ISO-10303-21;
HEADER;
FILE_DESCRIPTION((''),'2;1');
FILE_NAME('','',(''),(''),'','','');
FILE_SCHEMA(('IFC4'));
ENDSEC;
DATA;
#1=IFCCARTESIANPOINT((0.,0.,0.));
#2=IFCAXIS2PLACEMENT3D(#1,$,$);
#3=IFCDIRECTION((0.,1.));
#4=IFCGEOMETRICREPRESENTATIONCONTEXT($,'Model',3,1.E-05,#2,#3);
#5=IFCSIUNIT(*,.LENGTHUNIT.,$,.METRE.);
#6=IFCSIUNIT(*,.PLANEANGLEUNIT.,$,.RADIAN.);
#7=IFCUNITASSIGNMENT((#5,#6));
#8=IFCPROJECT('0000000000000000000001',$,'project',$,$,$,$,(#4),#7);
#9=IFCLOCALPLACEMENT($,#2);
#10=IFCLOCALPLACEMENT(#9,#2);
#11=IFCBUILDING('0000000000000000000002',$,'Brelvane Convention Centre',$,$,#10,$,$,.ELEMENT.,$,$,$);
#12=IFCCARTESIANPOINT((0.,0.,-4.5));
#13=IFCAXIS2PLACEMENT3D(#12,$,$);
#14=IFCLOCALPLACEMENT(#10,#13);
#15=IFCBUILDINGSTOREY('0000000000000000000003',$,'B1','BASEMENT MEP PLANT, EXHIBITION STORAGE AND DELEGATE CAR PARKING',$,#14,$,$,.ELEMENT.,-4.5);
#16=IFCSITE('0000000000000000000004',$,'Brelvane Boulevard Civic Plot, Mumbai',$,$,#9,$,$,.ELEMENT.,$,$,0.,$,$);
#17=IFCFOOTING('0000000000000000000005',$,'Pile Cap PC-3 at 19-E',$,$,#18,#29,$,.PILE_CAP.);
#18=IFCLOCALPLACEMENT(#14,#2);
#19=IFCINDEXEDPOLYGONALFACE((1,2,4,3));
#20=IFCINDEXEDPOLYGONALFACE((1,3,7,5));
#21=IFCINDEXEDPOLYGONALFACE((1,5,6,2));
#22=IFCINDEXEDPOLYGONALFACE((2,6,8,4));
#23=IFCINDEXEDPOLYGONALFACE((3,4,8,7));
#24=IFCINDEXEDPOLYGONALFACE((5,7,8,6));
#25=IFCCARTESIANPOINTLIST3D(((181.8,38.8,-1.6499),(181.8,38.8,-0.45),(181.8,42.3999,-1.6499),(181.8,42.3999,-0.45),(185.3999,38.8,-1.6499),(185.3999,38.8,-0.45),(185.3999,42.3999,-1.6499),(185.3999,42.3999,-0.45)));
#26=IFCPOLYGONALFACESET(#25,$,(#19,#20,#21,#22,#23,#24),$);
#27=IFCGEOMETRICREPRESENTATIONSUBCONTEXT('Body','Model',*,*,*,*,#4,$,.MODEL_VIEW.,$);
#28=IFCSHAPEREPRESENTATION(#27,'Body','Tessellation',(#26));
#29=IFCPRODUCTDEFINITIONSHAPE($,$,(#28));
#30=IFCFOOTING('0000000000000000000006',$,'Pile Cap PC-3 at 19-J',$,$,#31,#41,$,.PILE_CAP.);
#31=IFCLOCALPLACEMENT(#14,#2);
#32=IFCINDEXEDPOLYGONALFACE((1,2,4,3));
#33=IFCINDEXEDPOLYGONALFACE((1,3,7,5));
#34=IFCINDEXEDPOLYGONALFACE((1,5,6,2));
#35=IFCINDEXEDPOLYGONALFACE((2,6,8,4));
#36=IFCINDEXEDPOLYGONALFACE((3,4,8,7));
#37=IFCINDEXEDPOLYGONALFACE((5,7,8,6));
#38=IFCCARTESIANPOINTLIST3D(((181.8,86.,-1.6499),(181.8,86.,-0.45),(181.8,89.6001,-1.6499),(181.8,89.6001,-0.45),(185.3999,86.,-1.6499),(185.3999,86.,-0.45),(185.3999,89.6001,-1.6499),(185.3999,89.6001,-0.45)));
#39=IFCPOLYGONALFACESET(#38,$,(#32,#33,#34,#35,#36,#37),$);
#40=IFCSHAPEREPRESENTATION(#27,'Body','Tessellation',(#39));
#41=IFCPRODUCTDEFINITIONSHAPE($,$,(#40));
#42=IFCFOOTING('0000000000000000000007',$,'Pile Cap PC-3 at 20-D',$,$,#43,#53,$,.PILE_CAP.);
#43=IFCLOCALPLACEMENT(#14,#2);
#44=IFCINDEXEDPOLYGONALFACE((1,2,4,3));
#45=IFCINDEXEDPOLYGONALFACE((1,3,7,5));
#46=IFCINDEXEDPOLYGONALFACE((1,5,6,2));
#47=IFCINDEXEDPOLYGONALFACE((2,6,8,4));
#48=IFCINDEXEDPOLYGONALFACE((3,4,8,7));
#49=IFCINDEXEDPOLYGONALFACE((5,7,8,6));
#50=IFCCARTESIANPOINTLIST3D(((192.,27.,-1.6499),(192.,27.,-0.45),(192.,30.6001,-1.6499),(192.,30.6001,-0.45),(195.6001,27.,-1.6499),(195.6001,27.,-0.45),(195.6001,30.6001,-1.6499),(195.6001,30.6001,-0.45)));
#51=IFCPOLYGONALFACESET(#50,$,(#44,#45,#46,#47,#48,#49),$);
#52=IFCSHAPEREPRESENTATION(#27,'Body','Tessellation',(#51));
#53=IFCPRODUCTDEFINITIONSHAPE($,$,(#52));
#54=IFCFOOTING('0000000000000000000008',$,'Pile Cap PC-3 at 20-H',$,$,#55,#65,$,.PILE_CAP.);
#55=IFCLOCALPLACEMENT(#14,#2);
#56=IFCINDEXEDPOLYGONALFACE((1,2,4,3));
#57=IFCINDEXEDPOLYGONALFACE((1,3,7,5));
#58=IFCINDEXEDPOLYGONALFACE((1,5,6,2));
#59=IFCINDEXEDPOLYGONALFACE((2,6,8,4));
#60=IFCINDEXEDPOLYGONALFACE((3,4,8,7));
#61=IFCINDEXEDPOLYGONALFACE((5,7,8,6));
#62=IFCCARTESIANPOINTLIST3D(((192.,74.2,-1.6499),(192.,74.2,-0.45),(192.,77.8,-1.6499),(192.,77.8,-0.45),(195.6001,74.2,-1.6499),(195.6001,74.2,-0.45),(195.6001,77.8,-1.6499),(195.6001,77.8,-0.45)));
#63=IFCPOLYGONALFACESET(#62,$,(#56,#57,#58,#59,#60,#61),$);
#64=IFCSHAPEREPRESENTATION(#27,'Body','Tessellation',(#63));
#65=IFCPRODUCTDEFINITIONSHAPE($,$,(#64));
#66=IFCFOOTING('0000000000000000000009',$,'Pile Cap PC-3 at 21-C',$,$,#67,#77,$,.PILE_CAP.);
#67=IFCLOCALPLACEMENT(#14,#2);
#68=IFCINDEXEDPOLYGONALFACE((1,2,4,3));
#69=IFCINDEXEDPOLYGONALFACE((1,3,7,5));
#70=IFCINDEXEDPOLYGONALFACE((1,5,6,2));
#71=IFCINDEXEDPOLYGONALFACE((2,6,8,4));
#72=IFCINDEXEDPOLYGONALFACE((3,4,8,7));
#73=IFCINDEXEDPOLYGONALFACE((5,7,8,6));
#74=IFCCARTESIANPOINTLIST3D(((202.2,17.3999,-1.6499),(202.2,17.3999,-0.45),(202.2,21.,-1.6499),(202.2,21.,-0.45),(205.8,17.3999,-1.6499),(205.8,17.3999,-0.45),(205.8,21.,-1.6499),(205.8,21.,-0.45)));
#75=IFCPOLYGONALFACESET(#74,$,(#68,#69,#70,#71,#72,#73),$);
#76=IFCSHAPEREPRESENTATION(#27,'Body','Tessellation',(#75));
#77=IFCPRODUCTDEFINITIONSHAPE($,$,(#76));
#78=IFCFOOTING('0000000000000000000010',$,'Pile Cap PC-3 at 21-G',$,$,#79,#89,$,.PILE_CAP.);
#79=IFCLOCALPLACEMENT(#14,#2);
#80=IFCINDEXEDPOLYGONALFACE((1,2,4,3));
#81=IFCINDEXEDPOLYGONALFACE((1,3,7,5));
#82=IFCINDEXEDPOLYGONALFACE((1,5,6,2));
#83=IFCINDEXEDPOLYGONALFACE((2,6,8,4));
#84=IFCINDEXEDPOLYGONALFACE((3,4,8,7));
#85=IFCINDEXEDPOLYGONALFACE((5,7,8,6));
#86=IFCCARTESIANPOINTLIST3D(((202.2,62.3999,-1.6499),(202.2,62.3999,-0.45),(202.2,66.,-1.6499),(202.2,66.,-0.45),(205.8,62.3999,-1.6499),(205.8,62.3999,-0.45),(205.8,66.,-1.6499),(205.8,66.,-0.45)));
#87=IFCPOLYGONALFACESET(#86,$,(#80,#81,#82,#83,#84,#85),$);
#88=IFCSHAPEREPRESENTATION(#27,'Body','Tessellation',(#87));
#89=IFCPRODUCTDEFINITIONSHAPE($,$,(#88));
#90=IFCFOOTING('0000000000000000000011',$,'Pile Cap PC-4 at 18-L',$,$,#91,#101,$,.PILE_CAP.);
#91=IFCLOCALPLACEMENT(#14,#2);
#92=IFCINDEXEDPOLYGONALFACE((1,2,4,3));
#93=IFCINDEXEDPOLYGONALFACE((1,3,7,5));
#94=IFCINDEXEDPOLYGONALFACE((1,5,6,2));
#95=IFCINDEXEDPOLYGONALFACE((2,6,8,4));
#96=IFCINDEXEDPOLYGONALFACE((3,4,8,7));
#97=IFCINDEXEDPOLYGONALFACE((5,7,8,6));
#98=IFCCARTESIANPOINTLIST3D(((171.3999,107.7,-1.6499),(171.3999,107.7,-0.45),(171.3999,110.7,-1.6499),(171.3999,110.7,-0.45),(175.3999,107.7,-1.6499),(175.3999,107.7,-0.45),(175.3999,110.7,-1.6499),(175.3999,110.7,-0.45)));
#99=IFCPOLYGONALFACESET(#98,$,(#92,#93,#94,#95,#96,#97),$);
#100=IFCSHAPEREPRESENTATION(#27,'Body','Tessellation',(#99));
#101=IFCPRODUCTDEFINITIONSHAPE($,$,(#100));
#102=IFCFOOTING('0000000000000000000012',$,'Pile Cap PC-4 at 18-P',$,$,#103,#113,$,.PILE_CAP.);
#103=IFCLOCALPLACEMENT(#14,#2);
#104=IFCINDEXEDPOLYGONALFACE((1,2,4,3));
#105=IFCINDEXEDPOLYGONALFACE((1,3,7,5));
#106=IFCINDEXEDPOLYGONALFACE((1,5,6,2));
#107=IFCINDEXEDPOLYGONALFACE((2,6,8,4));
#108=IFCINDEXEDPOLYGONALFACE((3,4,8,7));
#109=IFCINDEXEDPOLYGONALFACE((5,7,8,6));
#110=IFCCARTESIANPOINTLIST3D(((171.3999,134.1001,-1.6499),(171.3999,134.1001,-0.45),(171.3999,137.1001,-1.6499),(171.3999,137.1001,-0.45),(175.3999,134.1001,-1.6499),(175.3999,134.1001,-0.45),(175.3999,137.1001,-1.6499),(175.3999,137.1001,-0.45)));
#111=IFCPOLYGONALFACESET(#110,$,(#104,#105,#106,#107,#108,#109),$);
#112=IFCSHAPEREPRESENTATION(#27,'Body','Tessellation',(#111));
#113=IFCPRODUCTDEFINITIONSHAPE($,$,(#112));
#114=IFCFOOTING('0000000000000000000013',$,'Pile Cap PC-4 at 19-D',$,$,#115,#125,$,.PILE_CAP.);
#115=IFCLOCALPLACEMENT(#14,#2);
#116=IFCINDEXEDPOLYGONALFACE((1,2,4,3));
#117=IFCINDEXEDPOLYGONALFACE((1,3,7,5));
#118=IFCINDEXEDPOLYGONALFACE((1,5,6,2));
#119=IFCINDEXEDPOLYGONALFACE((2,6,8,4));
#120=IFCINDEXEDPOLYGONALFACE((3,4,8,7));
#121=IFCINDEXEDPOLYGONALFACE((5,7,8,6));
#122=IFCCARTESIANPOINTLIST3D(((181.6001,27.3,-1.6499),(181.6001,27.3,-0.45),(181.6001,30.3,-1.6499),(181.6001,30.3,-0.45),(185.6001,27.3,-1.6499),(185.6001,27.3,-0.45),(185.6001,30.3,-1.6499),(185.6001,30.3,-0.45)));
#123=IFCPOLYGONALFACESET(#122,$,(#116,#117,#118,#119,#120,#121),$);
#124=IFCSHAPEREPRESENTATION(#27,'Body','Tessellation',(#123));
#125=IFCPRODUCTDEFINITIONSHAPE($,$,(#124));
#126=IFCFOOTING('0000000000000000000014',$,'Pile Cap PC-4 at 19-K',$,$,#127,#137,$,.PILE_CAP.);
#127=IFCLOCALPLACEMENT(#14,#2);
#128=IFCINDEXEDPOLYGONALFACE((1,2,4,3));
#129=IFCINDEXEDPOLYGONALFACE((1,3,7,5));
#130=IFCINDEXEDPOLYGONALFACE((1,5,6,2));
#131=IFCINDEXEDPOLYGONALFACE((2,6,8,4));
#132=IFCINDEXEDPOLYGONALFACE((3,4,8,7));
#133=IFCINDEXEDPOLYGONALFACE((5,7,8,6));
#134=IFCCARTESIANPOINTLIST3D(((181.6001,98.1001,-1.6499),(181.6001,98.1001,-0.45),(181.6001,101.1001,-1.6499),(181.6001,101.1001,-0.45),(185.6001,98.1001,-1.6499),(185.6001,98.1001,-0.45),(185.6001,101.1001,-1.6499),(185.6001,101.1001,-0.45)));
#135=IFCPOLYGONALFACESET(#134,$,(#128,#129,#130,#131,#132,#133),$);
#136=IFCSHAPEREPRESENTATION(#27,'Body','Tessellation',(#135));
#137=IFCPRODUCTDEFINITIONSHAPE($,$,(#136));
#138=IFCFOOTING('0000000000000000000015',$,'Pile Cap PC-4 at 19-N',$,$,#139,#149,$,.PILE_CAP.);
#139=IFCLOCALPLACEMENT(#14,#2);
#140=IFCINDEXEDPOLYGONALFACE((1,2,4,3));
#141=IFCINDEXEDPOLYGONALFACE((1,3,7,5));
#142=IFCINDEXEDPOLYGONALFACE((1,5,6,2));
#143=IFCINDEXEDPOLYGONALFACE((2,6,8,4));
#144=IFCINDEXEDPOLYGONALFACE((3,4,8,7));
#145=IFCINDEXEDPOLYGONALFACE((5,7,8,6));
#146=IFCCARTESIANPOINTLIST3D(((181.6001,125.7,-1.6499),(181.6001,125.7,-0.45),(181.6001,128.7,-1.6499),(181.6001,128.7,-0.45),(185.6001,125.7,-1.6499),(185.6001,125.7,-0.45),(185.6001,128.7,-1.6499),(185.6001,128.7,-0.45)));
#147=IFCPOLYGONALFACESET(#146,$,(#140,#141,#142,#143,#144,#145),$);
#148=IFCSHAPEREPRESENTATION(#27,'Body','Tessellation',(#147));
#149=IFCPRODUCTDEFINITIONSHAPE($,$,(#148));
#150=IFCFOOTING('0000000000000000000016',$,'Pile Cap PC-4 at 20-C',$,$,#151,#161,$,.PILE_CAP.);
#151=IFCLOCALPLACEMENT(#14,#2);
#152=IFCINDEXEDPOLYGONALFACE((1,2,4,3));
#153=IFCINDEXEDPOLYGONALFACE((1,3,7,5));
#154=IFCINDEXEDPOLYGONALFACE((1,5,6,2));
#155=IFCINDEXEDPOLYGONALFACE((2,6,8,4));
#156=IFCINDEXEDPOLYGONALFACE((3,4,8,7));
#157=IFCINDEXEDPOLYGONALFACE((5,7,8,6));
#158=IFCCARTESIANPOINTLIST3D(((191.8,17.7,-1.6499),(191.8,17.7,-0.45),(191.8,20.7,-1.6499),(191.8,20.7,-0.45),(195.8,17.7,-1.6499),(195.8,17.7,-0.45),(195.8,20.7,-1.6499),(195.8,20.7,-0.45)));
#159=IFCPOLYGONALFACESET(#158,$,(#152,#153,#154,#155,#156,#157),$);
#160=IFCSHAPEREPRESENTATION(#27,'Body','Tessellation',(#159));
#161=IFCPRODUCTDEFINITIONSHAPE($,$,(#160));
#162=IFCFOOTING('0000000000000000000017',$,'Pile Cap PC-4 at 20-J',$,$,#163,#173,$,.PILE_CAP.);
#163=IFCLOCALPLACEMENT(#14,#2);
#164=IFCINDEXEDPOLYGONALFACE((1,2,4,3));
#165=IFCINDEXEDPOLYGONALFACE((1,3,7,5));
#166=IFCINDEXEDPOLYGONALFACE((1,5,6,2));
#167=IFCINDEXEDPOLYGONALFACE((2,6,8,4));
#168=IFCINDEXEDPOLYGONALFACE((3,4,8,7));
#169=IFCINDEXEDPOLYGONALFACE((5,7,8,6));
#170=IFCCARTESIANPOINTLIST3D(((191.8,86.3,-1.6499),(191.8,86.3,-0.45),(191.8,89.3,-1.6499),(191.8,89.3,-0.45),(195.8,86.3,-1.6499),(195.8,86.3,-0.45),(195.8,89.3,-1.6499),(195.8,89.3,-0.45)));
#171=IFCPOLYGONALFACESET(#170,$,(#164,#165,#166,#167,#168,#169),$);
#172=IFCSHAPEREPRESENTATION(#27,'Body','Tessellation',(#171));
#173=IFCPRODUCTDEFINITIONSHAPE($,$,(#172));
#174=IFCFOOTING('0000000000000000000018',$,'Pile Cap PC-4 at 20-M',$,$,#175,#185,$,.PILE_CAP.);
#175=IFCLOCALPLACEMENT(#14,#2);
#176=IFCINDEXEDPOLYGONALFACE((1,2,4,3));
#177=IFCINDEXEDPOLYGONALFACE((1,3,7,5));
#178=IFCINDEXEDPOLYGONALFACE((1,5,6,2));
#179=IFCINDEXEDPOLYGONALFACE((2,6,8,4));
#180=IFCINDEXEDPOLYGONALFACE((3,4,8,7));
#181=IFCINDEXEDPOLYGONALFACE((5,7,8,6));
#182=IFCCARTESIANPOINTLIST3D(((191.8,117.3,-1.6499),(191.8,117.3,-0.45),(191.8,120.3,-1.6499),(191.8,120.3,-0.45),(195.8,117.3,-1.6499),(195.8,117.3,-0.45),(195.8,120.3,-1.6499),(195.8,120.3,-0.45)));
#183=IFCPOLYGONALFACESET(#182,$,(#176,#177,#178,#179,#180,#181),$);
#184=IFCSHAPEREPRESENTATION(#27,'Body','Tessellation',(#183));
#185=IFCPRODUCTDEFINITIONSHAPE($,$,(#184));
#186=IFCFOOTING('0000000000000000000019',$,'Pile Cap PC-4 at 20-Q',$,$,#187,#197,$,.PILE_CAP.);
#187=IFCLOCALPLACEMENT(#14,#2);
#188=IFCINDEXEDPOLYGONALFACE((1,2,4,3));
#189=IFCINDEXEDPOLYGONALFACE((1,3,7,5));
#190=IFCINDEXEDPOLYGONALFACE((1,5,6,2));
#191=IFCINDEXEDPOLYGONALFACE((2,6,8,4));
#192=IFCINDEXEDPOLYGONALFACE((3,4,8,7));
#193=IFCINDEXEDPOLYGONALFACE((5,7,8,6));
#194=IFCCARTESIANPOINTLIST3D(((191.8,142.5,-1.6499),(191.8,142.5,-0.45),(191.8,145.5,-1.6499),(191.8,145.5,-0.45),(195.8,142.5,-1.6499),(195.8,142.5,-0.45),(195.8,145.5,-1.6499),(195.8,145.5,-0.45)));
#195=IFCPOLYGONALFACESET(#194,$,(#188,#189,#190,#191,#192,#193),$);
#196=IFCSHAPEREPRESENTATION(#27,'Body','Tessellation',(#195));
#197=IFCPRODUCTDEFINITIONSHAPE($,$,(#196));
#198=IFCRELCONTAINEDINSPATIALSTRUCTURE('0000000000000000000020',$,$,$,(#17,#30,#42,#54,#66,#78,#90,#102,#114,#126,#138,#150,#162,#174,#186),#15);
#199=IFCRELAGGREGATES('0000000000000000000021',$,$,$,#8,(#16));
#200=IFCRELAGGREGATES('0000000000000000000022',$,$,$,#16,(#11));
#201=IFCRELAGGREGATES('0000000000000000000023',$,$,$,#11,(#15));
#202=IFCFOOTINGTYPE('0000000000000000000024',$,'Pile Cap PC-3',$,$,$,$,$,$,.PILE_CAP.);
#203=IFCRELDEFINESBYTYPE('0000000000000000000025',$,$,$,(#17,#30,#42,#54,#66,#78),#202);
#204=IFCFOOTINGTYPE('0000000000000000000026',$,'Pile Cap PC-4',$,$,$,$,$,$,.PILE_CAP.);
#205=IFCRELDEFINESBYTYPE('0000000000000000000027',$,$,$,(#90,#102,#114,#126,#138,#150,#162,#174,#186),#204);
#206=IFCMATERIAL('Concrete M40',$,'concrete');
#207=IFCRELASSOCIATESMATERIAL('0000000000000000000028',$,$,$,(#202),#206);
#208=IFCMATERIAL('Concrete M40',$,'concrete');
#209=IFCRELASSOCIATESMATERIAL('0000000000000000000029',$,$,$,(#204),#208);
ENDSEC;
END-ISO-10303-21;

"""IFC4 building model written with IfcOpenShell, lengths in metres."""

from ifc_helpers import new_model, si_unit, direction, frame, origin, place, context, subcontext, project, spatial, polyline, outline, extrude, material, type_object, element, save


model = new_model("IFC4")

# Units and contexts
model_context = context("Model", 3, precision=1e-05, world=origin(), true_north=direction((0.0, 1.0)))
body_context = subcontext(model_context, "Body", "Model", "MODEL_VIEW")
ifc_project = project(units=[si_unit("LENGTHUNIT", "METRE"), si_unit("PLANEANGLEUNIT", "RADIAN")], contexts=[model_context])

# Site, building, storey
site_placement = place(None, origin())
site = spatial("IfcSite", under=ifc_project, at=site_placement, Name="Brelvane Boulevard Civic Plot, Mumbai", CompositionType="ELEMENT", RefElevation=0.0)
building_placement = place(site_placement, origin())
building = spatial("IfcBuilding", under=site, at=building_placement, Name="Brelvane Convention Centre", CompositionType="ELEMENT")
storey_placement = place(building_placement, frame((0.0, 0.0, -4.5)))
storey = spatial("IfcBuildingStorey", under=building, at=storey_placement, Name="B1", Description="BASEMENT MEP PLANT, EXHIBITION STORAGE AND DELEGATE CAR PARKING", CompositionType="ELEMENT", Elevation=-4.5)

# Footings
ifc_material_1 = material(Name="Concrete M40", Category="concrete")
footing_type_1 = type_object("IfcFootingType", Name="Pile Cap PC-3", PredefinedType="PILE_CAP", material=ifc_material_1)
footing_1_placement = place(storey_placement, frame((0.0, 0.0, -1.6499)))
element("IfcFooting", 1, at=footing_1_placement, inside=storey, type_object=footing_type_1, Name="Pile Cap PC-3 at 19-E", PredefinedType="PILE_CAP", context=body_context, shape_type="SweptSolid", body=[
    extrude(outline(polyline([(181.8, 38.8), (185.3999, 38.8), (185.3999, 42.3999), (181.8, 42.3999), (181.8, 38.8)])), origin(), (0.0, 0.0, 1.0), 1.2),
])
footing_2_placement = place(storey_placement, frame((0.0, 0.0, -1.6499)))
element("IfcFooting", 2, at=footing_2_placement, inside=storey, type_object=footing_type_1, Name="Pile Cap PC-3 at 19-J", PredefinedType="PILE_CAP", context=body_context, shape_type="SweptSolid", body=[
    extrude(outline(polyline([(181.8, 86.0), (185.3999, 86.0), (185.3999, 89.6001), (181.8, 89.6001), (181.8, 86.0)])), origin(), (0.0, 0.0, 1.0), 1.2),
])
footing_3_placement = place(storey_placement, frame((0.0, 0.0, -1.6499)))
element("IfcFooting", 3, at=footing_3_placement, inside=storey, type_object=footing_type_1, Name="Pile Cap PC-3 at 20-D", PredefinedType="PILE_CAP", context=body_context, shape_type="SweptSolid", body=[
    extrude(outline(polyline([(192.0, 27.0), (195.6001, 27.0), (195.6001, 30.6001), (192.0, 30.6001), (192.0, 27.0)])), origin(), (0.0, 0.0, 1.0), 1.2),
])
footing_4_placement = place(storey_placement, frame((0.0, 0.0, -1.6499)))
element("IfcFooting", 4, at=footing_4_placement, inside=storey, type_object=footing_type_1, Name="Pile Cap PC-3 at 20-H", PredefinedType="PILE_CAP", context=body_context, shape_type="SweptSolid", body=[
    extrude(outline(polyline([(192.0, 74.2), (195.6001, 74.2), (195.6001, 77.8), (192.0, 77.8), (192.0, 74.2)])), origin(), (0.0, 0.0, 1.0), 1.2),
])
footing_5_placement = place(storey_placement, frame((0.0, 0.0, -1.6499)))
element("IfcFooting", 5, at=footing_5_placement, inside=storey, type_object=footing_type_1, Name="Pile Cap PC-3 at 21-C", PredefinedType="PILE_CAP", context=body_context, shape_type="SweptSolid", body=[
    extrude(outline(polyline([(202.2, 17.3999), (205.8, 17.3999), (205.8, 21.0), (202.2, 21.0), (202.2, 17.3999)])), origin(), (0.0, 0.0, 1.0), 1.2),
])
footing_6_placement = place(storey_placement, frame((0.0, 0.0, -1.6499)))
element("IfcFooting", 6, at=footing_6_placement, inside=storey, type_object=footing_type_1, Name="Pile Cap PC-3 at 21-G", PredefinedType="PILE_CAP", context=body_context, shape_type="SweptSolid", body=[
    extrude(outline(polyline([(202.2, 62.3999), (205.8, 62.3999), (205.8, 66.0), (202.2, 66.0), (202.2, 62.3999)])), origin(), (0.0, 0.0, 1.0), 1.2),
])
ifc_material_2 = material(Name="Concrete M40", Category="concrete")
footing_type_2 = type_object("IfcFootingType", Name="Pile Cap PC-4", PredefinedType="PILE_CAP", material=ifc_material_2)
footing_7_placement = place(storey_placement, frame((0.0, 0.0, -1.6499)))
element("IfcFooting", 7, at=footing_7_placement, inside=storey, type_object=footing_type_2, Name="Pile Cap PC-4 at 18-L", PredefinedType="PILE_CAP", context=body_context, shape_type="SweptSolid", body=[
    extrude(outline(polyline([(171.3999, 107.7), (175.3999, 107.7), (175.3999, 110.7), (171.3999, 110.7), (171.3999, 107.7)])), origin(), (0.0, 0.0, 1.0), 1.2),
])
footing_8_placement = place(storey_placement, frame((0.0, 0.0, -1.6499)))
element("IfcFooting", 8, at=footing_8_placement, inside=storey, type_object=footing_type_2, Name="Pile Cap PC-4 at 18-P", PredefinedType="PILE_CAP", context=body_context, shape_type="SweptSolid", body=[
    extrude(outline(polyline([(171.3999, 134.1001), (175.3999, 134.1001), (175.3999, 137.1001), (171.3999, 137.1001), (171.3999, 134.1001)])), origin(), (0.0, 0.0, 1.0), 1.2),
])
footing_9_placement = place(storey_placement, frame((0.0, 0.0, -1.6499)))
element("IfcFooting", 9, at=footing_9_placement, inside=storey, type_object=footing_type_2, Name="Pile Cap PC-4 at 19-D", PredefinedType="PILE_CAP", context=body_context, shape_type="SweptSolid", body=[
    extrude(outline(polyline([(181.6001, 27.3), (185.6001, 27.3), (185.6001, 30.3), (181.6001, 30.3), (181.6001, 27.3)])), origin(), (0.0, 0.0, 1.0), 1.2),
])
footing_10_placement = place(storey_placement, frame((0.0, 0.0, -1.6499)))
element("IfcFooting", 10, at=footing_10_placement, inside=storey, type_object=footing_type_2, Name="Pile Cap PC-4 at 19-K", PredefinedType="PILE_CAP", context=body_context, shape_type="SweptSolid", body=[
    extrude(outline(polyline([(181.6001, 98.1001), (185.6001, 98.1001), (185.6001, 101.1001), (181.6001, 101.1001), (181.6001, 98.1001)])), origin(), (0.0, 0.0, 1.0), 1.2),
])
footing_11_placement = place(storey_placement, frame((0.0, 0.0, -1.6499)))
element("IfcFooting", 11, at=footing_11_placement, inside=storey, type_object=footing_type_2, Name="Pile Cap PC-4 at 19-N", PredefinedType="PILE_CAP", context=body_context, shape_type="SweptSolid", body=[
    extrude(outline(polyline([(181.6001, 125.7), (185.6001, 125.7), (185.6001, 128.7), (181.6001, 128.7), (181.6001, 125.7)])), origin(), (0.0, 0.0, 1.0), 1.2),
])
footing_12_placement = place(storey_placement, frame((0.0, 0.0, -1.6499)))
element("IfcFooting", 12, at=footing_12_placement, inside=storey, type_object=footing_type_2, Name="Pile Cap PC-4 at 20-C", PredefinedType="PILE_CAP", context=body_context, shape_type="SweptSolid", body=[
    extrude(outline(polyline([(191.8, 17.7), (195.8, 17.7), (195.8, 20.7), (191.8, 20.7), (191.8, 17.7)])), origin(), (0.0, 0.0, 1.0), 1.2),
])
footing_13_placement = place(storey_placement, frame((0.0, 0.0, -1.6499)))
element("IfcFooting", 13, at=footing_13_placement, inside=storey, type_object=footing_type_2, Name="Pile Cap PC-4 at 20-J", PredefinedType="PILE_CAP", context=body_context, shape_type="SweptSolid", body=[
    extrude(outline(polyline([(191.8, 86.3), (195.8, 86.3), (195.8, 89.3), (191.8, 89.3), (191.8, 86.3)])), origin(), (0.0, 0.0, 1.0), 1.2),
])
footing_14_placement = place(storey_placement, frame((0.0, 0.0, -1.6499)))
element("IfcFooting", 14, at=footing_14_placement, inside=storey, type_object=footing_type_2, Name="Pile Cap PC-4 at 20-M", PredefinedType="PILE_CAP", context=body_context, shape_type="SweptSolid", body=[
    extrude(outline(polyline([(191.8, 117.3), (195.8, 117.3), (195.8, 120.3), (191.8, 120.3), (191.8, 117.3)])), origin(), (0.0, 0.0, 1.0), 1.2),
])
footing_15_placement = place(storey_placement, frame((0.0, 0.0, -1.6499)))
element("IfcFooting", 15, at=footing_15_placement, inside=storey, type_object=footing_type_2, Name="Pile Cap PC-4 at 20-Q", PredefinedType="PILE_CAP", context=body_context, shape_type="SweptSolid", body=[
    extrude(outline(polyline([(191.8, 142.5), (195.8, 142.5), (195.8, 145.5), (191.8, 145.5), (191.8, 142.5)])), origin(), (0.0, 0.0, 1.0), 1.2),
])

save(model, "model.ifc")
